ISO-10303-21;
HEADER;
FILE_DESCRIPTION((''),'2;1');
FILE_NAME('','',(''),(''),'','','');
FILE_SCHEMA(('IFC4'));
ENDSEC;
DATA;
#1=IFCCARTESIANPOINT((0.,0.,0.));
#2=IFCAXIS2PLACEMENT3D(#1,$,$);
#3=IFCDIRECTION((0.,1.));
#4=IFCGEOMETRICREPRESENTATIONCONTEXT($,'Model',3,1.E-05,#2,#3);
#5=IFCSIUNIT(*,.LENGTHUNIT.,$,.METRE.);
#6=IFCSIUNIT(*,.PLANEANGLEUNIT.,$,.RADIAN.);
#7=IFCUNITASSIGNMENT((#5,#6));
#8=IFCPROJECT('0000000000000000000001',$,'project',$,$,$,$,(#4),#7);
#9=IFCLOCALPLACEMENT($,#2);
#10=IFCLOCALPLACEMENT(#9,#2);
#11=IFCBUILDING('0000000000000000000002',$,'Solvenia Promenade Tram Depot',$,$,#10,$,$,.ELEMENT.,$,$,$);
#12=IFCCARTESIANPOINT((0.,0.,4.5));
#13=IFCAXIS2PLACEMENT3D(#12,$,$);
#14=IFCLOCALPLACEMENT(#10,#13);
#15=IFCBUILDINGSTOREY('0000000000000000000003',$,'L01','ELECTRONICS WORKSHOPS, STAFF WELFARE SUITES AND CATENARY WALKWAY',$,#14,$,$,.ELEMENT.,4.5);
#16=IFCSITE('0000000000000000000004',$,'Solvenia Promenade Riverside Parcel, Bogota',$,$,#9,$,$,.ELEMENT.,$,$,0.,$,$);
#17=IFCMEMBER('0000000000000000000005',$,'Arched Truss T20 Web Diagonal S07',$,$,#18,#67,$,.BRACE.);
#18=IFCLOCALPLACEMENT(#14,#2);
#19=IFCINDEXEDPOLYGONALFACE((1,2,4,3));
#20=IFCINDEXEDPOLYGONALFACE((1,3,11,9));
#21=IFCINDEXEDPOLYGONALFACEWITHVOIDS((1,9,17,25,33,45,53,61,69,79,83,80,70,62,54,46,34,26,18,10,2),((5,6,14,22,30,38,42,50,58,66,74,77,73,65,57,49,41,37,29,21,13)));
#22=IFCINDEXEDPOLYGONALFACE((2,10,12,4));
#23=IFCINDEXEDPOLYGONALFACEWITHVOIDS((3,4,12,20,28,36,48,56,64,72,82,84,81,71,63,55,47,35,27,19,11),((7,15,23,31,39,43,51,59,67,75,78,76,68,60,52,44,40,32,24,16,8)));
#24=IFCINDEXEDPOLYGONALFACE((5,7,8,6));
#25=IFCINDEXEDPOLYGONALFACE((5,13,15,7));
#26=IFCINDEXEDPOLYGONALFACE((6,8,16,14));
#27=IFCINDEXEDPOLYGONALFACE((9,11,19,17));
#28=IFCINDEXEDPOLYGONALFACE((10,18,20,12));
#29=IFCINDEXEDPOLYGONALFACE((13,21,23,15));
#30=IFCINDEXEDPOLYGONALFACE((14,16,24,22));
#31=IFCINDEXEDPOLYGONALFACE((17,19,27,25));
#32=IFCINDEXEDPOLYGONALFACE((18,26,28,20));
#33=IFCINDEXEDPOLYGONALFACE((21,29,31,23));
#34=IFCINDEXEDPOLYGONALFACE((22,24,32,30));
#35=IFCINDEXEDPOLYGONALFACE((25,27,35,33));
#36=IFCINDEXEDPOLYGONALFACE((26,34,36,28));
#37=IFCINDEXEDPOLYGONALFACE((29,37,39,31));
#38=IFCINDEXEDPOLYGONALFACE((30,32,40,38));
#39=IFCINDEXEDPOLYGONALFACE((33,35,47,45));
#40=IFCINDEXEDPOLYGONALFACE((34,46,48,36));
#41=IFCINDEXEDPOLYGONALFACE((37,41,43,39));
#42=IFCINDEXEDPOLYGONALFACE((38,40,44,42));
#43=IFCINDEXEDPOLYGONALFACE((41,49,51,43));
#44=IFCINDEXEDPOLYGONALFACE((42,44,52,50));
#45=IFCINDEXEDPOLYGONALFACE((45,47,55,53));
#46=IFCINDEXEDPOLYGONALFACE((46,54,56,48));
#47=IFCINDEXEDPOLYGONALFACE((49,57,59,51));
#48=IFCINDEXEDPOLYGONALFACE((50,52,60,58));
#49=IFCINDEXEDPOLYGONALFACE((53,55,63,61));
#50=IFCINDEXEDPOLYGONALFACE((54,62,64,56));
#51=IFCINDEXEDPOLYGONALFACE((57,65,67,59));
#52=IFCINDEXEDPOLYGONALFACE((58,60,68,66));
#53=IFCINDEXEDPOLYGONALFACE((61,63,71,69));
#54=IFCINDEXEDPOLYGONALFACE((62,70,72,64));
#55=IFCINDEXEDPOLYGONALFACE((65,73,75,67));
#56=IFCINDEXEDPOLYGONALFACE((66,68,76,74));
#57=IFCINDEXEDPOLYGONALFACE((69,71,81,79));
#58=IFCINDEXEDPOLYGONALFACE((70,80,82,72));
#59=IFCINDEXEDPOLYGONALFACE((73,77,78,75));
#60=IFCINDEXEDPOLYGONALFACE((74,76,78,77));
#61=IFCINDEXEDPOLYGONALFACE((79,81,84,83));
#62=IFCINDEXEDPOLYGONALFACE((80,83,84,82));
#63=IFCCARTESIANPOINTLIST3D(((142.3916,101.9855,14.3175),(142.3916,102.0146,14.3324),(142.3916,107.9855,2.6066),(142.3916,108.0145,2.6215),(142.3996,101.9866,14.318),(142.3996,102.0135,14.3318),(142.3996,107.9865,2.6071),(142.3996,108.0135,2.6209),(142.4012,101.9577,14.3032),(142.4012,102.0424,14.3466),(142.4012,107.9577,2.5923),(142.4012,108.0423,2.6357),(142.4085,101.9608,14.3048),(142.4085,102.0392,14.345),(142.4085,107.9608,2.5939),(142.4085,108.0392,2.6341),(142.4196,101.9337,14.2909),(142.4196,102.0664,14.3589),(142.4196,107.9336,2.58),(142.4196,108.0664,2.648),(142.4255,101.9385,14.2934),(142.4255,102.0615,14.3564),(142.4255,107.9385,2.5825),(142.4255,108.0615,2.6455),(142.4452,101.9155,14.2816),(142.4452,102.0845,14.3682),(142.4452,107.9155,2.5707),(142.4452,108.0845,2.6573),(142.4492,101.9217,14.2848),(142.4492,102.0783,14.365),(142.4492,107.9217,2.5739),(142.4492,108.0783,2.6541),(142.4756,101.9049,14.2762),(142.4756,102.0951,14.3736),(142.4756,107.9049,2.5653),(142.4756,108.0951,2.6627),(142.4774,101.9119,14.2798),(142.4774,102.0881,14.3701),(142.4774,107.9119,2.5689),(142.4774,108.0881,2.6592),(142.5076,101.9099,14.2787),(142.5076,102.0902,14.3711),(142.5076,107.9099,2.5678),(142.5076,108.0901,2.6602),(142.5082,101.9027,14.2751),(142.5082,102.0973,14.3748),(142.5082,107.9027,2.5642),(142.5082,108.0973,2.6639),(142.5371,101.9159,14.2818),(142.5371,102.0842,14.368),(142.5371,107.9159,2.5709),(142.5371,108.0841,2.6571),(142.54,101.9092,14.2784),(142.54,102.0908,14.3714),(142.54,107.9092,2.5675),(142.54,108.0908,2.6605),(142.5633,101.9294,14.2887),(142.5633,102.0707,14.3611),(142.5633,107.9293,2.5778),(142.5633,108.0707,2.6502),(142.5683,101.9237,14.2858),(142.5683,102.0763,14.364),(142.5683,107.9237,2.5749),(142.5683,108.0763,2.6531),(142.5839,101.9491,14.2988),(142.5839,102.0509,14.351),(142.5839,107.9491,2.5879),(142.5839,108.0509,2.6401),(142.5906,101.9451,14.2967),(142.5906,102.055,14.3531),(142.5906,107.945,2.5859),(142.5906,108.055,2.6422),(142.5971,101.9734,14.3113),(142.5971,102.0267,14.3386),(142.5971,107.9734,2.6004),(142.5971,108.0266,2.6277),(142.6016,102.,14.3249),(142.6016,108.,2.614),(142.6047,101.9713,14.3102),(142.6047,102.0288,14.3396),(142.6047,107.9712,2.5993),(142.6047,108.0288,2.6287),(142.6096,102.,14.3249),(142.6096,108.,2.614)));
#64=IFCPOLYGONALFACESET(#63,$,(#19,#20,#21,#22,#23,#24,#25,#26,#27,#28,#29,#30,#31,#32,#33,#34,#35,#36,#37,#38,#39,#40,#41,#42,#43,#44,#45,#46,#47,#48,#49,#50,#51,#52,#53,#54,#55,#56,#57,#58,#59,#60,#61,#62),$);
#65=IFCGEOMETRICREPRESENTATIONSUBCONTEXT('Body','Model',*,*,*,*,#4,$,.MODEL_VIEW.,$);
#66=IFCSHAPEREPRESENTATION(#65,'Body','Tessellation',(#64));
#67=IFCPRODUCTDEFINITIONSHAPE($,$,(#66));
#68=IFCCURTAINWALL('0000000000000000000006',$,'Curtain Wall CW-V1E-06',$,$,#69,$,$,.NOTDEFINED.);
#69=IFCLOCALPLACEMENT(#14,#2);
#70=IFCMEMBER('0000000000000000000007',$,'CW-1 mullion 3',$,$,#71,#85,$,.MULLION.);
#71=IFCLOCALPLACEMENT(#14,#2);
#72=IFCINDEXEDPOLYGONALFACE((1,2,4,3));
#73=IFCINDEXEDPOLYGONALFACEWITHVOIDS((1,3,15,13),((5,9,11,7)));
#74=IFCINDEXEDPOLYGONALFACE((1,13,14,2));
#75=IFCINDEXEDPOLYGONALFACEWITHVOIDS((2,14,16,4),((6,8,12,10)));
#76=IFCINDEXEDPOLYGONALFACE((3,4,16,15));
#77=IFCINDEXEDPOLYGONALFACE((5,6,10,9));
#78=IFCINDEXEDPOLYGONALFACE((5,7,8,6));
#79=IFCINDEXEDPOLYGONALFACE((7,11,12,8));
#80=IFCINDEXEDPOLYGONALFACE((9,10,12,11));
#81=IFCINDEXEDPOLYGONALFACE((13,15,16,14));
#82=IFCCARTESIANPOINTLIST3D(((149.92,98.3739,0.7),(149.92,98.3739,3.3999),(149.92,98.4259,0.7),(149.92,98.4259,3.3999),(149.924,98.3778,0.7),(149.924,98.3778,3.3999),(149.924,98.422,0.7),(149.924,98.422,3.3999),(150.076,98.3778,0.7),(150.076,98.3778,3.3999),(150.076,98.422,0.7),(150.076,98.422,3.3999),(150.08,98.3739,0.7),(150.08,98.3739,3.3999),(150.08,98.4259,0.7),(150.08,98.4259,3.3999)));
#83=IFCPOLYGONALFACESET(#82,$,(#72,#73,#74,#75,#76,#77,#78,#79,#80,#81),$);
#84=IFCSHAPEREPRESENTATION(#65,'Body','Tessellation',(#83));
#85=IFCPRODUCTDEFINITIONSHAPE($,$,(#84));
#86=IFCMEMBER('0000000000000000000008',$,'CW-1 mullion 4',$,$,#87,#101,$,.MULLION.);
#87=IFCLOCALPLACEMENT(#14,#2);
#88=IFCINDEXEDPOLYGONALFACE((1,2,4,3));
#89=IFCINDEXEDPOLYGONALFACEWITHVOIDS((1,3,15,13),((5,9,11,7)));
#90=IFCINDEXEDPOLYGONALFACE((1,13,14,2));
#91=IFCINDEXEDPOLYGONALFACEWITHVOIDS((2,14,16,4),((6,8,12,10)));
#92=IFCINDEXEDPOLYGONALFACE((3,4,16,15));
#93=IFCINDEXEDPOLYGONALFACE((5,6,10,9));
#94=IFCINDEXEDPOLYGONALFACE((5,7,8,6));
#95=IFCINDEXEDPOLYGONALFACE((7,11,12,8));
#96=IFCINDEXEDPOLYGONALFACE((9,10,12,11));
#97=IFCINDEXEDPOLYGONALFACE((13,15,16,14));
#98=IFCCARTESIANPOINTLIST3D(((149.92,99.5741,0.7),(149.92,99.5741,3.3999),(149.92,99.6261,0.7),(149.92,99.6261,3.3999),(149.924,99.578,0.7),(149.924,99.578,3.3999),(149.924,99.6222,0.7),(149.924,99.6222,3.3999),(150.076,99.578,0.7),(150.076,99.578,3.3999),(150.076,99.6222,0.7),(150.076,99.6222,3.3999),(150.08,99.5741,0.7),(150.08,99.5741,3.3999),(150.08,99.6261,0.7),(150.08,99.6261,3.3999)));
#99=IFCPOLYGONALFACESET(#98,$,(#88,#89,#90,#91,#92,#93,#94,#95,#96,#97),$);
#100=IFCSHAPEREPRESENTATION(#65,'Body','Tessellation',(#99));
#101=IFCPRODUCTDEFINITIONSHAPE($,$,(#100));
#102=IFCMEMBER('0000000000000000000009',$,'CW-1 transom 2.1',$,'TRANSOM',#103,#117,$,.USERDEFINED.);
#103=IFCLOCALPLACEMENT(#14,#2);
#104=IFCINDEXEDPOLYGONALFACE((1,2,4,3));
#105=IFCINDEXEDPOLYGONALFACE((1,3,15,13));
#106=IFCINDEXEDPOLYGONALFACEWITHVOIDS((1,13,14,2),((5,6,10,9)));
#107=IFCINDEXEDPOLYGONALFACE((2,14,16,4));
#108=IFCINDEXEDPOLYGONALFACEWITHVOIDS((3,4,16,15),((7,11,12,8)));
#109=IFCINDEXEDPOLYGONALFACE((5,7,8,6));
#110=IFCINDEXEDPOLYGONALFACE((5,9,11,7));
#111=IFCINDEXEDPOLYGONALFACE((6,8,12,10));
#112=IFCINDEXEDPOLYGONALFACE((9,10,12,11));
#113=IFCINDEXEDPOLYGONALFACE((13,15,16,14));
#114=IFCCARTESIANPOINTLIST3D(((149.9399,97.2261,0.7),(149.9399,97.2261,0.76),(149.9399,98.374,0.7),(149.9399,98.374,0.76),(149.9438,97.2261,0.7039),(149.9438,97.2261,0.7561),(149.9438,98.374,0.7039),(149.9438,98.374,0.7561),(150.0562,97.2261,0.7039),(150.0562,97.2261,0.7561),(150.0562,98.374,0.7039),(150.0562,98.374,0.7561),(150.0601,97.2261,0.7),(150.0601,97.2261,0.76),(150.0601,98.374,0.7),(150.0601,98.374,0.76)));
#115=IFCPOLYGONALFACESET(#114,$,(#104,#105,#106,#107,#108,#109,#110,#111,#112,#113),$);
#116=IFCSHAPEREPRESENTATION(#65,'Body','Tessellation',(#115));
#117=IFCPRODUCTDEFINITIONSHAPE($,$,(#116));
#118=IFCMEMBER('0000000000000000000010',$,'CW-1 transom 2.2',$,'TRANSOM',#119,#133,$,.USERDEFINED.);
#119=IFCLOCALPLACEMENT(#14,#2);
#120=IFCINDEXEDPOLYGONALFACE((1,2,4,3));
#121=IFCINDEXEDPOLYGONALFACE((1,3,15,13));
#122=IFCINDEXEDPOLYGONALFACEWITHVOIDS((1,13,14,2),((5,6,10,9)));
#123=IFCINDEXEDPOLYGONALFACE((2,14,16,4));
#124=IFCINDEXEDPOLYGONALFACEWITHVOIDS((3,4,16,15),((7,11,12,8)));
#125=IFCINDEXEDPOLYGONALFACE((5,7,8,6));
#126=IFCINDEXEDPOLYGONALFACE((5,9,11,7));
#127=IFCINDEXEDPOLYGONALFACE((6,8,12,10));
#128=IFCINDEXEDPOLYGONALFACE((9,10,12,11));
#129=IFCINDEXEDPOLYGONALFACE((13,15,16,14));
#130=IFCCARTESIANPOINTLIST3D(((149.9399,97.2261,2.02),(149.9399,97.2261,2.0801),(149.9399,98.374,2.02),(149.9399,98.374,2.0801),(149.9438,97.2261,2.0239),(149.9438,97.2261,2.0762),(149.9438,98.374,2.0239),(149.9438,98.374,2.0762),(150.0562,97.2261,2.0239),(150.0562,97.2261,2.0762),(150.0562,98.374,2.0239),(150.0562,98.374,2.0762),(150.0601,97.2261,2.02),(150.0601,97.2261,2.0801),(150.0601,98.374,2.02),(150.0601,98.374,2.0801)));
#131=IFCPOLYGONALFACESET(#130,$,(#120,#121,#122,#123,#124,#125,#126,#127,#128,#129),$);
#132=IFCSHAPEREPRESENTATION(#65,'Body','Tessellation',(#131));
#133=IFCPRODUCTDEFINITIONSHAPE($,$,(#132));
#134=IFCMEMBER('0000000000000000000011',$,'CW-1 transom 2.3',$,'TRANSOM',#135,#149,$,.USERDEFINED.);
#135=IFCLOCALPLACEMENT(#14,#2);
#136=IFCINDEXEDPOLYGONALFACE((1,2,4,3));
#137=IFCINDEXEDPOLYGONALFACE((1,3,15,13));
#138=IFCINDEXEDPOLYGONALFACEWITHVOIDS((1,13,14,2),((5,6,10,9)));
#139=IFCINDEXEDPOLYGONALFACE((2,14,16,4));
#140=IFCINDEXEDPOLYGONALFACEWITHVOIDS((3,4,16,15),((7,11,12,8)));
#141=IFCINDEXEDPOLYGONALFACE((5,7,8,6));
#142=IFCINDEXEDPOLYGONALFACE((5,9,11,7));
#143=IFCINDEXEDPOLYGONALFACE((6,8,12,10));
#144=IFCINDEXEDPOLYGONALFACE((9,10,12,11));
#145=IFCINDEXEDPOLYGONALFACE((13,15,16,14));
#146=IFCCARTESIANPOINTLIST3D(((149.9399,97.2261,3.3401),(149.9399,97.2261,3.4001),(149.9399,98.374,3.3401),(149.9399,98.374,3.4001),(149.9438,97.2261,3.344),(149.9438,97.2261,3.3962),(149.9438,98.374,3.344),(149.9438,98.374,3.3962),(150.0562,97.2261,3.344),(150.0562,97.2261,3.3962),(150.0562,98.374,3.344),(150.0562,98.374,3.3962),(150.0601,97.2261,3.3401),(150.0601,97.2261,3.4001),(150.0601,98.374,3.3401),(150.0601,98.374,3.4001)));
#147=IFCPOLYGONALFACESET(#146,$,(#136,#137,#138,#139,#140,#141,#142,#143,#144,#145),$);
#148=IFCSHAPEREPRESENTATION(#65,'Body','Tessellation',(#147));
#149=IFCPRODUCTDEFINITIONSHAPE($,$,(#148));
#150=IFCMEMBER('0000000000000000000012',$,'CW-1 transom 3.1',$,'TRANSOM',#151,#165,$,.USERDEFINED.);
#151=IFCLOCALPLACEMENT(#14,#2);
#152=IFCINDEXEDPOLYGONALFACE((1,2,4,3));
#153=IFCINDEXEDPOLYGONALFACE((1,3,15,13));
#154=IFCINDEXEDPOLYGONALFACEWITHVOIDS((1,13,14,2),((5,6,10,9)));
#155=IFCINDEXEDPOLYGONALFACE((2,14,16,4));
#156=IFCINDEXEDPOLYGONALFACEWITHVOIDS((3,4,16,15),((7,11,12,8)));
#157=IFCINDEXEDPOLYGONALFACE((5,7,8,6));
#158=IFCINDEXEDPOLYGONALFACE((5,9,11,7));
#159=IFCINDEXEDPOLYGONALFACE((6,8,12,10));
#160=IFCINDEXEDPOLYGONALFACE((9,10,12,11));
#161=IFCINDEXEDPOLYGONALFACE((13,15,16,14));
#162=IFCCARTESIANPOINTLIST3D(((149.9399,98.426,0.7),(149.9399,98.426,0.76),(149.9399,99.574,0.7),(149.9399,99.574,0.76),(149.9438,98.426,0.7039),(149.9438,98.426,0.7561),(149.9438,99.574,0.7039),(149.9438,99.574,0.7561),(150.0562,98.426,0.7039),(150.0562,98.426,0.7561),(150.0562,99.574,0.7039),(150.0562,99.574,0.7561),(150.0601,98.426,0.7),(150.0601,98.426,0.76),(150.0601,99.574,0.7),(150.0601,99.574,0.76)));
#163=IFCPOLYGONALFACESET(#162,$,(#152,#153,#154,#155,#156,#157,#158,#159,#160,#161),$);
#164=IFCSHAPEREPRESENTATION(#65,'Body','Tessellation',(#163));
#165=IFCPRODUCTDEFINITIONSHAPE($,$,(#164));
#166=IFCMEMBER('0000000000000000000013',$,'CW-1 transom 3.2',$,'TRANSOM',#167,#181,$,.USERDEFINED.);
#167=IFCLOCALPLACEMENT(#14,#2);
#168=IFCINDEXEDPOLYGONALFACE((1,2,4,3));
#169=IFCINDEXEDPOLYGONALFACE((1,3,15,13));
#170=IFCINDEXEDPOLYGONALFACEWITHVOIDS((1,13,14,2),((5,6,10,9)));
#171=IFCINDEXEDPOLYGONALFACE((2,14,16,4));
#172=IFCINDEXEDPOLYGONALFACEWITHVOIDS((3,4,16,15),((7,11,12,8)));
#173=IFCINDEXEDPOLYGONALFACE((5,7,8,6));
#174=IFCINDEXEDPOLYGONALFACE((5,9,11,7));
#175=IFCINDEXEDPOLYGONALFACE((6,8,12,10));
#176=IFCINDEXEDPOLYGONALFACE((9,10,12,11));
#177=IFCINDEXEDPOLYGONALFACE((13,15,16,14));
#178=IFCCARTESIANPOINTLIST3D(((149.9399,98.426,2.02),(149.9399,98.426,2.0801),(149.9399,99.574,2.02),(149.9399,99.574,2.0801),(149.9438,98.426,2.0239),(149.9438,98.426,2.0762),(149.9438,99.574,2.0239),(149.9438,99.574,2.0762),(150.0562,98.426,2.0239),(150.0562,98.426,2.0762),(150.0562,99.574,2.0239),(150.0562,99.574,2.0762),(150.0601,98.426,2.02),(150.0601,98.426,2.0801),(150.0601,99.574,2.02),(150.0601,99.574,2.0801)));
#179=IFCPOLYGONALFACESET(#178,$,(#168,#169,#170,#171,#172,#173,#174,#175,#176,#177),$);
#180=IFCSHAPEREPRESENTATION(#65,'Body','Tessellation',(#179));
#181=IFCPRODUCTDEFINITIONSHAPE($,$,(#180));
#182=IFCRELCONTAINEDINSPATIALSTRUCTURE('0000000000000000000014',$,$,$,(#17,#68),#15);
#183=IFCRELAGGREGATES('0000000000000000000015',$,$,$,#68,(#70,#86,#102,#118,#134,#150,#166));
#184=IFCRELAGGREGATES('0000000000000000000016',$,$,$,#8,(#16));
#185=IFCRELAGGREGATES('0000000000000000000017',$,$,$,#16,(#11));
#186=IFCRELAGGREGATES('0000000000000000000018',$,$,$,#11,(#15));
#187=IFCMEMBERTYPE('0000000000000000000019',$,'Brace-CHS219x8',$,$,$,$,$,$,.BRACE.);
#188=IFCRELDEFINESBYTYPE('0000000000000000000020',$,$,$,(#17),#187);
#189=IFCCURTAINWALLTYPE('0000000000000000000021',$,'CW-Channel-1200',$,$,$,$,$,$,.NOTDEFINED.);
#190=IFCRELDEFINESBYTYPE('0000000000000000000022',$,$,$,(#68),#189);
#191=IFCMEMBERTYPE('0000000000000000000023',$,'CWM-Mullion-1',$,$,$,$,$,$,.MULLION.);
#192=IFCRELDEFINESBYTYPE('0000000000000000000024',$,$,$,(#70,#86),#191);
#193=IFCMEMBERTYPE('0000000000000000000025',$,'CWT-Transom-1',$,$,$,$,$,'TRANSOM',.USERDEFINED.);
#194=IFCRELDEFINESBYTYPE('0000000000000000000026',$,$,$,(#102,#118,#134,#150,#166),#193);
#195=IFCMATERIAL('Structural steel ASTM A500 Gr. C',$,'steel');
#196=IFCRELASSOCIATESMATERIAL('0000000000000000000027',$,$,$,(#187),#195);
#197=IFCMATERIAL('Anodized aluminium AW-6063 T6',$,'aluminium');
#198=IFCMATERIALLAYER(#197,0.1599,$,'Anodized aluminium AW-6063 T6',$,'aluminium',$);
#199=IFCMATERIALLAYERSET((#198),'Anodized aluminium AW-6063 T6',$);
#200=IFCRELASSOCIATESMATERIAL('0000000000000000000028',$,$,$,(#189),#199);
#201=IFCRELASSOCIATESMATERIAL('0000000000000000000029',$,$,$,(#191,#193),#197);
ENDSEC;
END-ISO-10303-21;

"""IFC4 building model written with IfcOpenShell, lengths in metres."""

from ifc_helpers import new_model, si_unit, direction, frame, origin, origin_2d, place, context, subcontext, project, spatial, hollow_rectangle, hollow_circle, extrude, material, layer, layer_set, material_profile, profile_set, type_object, element, aggregate, save


model = new_model("IFC4")

# Units and contexts
model_context = context("Model", 3, precision=1e-05, world=origin(), true_north=direction((0.0, 1.0)))
body_context = subcontext(model_context, "Body", "Model", "MODEL_VIEW")
ifc_project = project(units=[si_unit("LENGTHUNIT", "METRE"), si_unit("PLANEANGLEUNIT", "RADIAN")], contexts=[model_context])

# Site, building, storey
site_placement = place(None, origin())
site = spatial("IfcSite", under=ifc_project, at=site_placement, Name="Solvenia Promenade Riverside Parcel, Bogota", CompositionType="ELEMENT", RefElevation=0.0)
building_placement = place(site_placement, origin())
building = spatial("IfcBuilding", under=site, at=building_placement, Name="Solvenia Promenade Tram Depot", CompositionType="ELEMENT")
storey_placement = place(building_placement, frame((0.0, 0.0, 4.5)))
storey = spatial("IfcBuildingStorey", under=building, at=storey_placement, Name="L01", Description="ELECTRONICS WORKSHOPS, STAFF WELFARE SUITES AND CATENARY WALKWAY", CompositionType="ELEMENT", Elevation=4.5)

# Member
ifc_material_1 = material(Name="Structural steel ASTM A500 Gr. C", Category="steel")
ifc_material_profile_1 = material_profile(ifc_material_1, hollow_circle(Radius=0.1096, WallThickness=0.0081, at=origin_2d()), Name="CHS219.1x8", Category="steel")
ifc_profile_set_1 = profile_set([ifc_material_profile_1], Name="Structural steel ASTM A500 Gr. C")
member_type_1 = type_object("IfcMemberType", Name="Brace-CHS219x8", PredefinedType="BRACE", material=ifc_profile_set_1)
member_1_placement = place(storey_placement, frame((142.5, 108.0, 2.614), z_axis=(0.0, -0.455979, 0.88999), x_axis=(1.0, 0.0, 0.0)))
element("IfcMember", 1, at=member_1_placement, inside=storey, type_object=member_type_1, Name="Arched Truss T20 Web Diagonal S07", PredefinedType="BRACE", context=body_context, shape_type="SweptSolid", body=[
    extrude(hollow_circle(Radius=0.1096, WallThickness=0.0081, at=origin_2d()), origin(), (0.0, 0.0, 1.0), 13.1584),
])

# Curtain wall, members
ifc_material_2 = material(Name="Anodized aluminium AW-6063 T6", Category="aluminium")
ifc_layer_1 = layer(ifc_material_2, 0.1599, Name="Anodized aluminium AW-6063 T6", Category="aluminium")
ifc_layer_set_1 = layer_set([ifc_layer_1], Name="Anodized aluminium AW-6063 T6")
curtain_wall_type = type_object("IfcCurtainWallType", Name="CW-Channel-1200", PredefinedType="NOTDEFINED", material=ifc_layer_set_1)
curtain_wall_placement = place(storey_placement, origin())
curtain_wall = element("IfcCurtainWall", 2, at=curtain_wall_placement, inside=storey, type_object=curtain_wall_type, Name="Curtain Wall CW-V1E-06", PredefinedType="NOTDEFINED")
ifc_material_profile_2 = material_profile(ifc_material_2, hollow_rectangle(XDim=0.1599, YDim=0.052, WallThickness=0.0039, at=origin_2d()), Name="ALU-M1", Category="aluminium")
ifc_profile_set_2 = profile_set([ifc_material_profile_2], Name="Anodized aluminium AW-6063 T6")
member_type_2 = type_object("IfcMemberType", Name="CWM-Mullion-1", PredefinedType="MULLION", material=ifc_profile_set_2)
member_2_placement = place(storey_placement, frame((150.0, 98.3999, 0.7), z_axis=(0.0, 0.0, 1.0), x_axis=(-1.0, 0.0, 0.0)))
member_2 = element("IfcMember", 3, at=member_2_placement, type_object=member_type_2, Name="CW-1 mullion 3", PredefinedType="MULLION", context=body_context, shape_type="SweptSolid", body=[
    extrude(hollow_rectangle(XDim=0.1599, YDim=0.052, WallThickness=0.0039, at=origin_2d()), origin(), (0.0, 0.0, 1.0), 2.7),
])
member_3_placement = place(storey_placement, frame((150.0, 99.6001, 0.7), z_axis=(0.0, 0.0, 1.0), x_axis=(-1.0, 0.0, 0.0)))
member_3 = element("IfcMember", 4, at=member_3_placement, type_object=member_type_2, Name="CW-1 mullion 4", PredefinedType="MULLION", context=body_context, shape_type="SweptSolid", body=[
    extrude(hollow_rectangle(XDim=0.1599, YDim=0.052, WallThickness=0.0039, at=origin_2d()), origin(), (0.0, 0.0, 1.0), 2.7),
])
ifc_material_profile_3 = material_profile(ifc_material_2, hollow_rectangle(XDim=0.1201, YDim=0.0601, WallThickness=0.0039, at=origin_2d()), Name="ALU-T1", Category="aluminium")
ifc_profile_set_3 = profile_set([ifc_material_profile_3], Name="Anodized aluminium AW-6063 T6")
member_type_3 = type_object("IfcMemberType", Name="CWT-Transom-1", ElementType="TRANSOM", PredefinedType="USERDEFINED", material=ifc_profile_set_3)
member_4_placement = place(storey_placement, frame((150.0, 97.2261, 0.73), z_axis=(0.0, 1.0, 0.0), x_axis=(-1.0, 0.0, 0.0)))
member_4 = element("IfcMember", 5, at=member_4_placement, type_object=member_type_3, Name="CW-1 transom 2.1", ObjectType="TRANSOM", PredefinedType="USERDEFINED", context=body_context, shape_type="SweptSolid", body=[
    extrude(hollow_rectangle(XDim=0.1201, YDim=0.0601, WallThickness=0.0039, at=origin_2d()), origin(), (0.0, 0.0, 1.0), 1.1479),
])
member_5_placement = place(storey_placement, frame((150.0, 97.2261, 2.05), z_axis=(0.0, 1.0, 0.0), x_axis=(-1.0, 0.0, 0.0)))
member_5 = element("IfcMember", 6, at=member_5_placement, type_object=member_type_3, Name="CW-1 transom 2.2", ObjectType="TRANSOM", PredefinedType="USERDEFINED", context=body_context, shape_type="SweptSolid", body=[
    extrude(hollow_rectangle(XDim=0.1201, YDim=0.0601, WallThickness=0.0039, at=origin_2d()), origin(), (0.0, 0.0, 1.0), 1.1479),
])
member_6_placement = place(storey_placement, frame((150.0, 97.2261, 3.3701), z_axis=(0.0, 1.0, 0.0), x_axis=(-1.0, 0.0, 0.0)))
member_6 = element("IfcMember", 7, at=member_6_placement, type_object=member_type_3, Name="CW-1 transom 2.3", ObjectType="TRANSOM", PredefinedType="USERDEFINED", context=body_context, shape_type="SweptSolid", body=[
    extrude(hollow_rectangle(XDim=0.1201, YDim=0.0601, WallThickness=0.0039, at=origin_2d()), origin(), (0.0, 0.0, 1.0), 1.1479),
])
member_7_placement = place(storey_placement, frame((150.0, 98.426, 0.73), z_axis=(0.0, 1.0, 0.0), x_axis=(-1.0, 0.0, 0.0)))
member_7 = element("IfcMember", 8, at=member_7_placement, type_object=member_type_3, Name="CW-1 transom 3.1", ObjectType="TRANSOM", PredefinedType="USERDEFINED", context=body_context, shape_type="SweptSolid", body=[
    extrude(hollow_rectangle(XDim=0.1201, YDim=0.0601, WallThickness=0.0039, at=origin_2d()), origin(), (0.0, 0.0, 1.0), 1.1479),
])
member_8_placement = place(storey_placement, frame((150.0, 98.426, 2.05), z_axis=(0.0, 1.0, 0.0), x_axis=(-1.0, 0.0, 0.0)))
member_8 = element("IfcMember", 9, at=member_8_placement, type_object=member_type_3, Name="CW-1 transom 3.2", ObjectType="TRANSOM", PredefinedType="USERDEFINED", context=body_context, shape_type="SweptSolid", body=[
    extrude(hollow_rectangle(XDim=0.1201, YDim=0.0601, WallThickness=0.0039, at=origin_2d()), origin(), (0.0, 0.0, 1.0), 1.1479),
])

aggregate(curtain_wall, [member_2, member_3, member_4, member_5, member_6, member_7, member_8])

save(model, "model.ifc")
